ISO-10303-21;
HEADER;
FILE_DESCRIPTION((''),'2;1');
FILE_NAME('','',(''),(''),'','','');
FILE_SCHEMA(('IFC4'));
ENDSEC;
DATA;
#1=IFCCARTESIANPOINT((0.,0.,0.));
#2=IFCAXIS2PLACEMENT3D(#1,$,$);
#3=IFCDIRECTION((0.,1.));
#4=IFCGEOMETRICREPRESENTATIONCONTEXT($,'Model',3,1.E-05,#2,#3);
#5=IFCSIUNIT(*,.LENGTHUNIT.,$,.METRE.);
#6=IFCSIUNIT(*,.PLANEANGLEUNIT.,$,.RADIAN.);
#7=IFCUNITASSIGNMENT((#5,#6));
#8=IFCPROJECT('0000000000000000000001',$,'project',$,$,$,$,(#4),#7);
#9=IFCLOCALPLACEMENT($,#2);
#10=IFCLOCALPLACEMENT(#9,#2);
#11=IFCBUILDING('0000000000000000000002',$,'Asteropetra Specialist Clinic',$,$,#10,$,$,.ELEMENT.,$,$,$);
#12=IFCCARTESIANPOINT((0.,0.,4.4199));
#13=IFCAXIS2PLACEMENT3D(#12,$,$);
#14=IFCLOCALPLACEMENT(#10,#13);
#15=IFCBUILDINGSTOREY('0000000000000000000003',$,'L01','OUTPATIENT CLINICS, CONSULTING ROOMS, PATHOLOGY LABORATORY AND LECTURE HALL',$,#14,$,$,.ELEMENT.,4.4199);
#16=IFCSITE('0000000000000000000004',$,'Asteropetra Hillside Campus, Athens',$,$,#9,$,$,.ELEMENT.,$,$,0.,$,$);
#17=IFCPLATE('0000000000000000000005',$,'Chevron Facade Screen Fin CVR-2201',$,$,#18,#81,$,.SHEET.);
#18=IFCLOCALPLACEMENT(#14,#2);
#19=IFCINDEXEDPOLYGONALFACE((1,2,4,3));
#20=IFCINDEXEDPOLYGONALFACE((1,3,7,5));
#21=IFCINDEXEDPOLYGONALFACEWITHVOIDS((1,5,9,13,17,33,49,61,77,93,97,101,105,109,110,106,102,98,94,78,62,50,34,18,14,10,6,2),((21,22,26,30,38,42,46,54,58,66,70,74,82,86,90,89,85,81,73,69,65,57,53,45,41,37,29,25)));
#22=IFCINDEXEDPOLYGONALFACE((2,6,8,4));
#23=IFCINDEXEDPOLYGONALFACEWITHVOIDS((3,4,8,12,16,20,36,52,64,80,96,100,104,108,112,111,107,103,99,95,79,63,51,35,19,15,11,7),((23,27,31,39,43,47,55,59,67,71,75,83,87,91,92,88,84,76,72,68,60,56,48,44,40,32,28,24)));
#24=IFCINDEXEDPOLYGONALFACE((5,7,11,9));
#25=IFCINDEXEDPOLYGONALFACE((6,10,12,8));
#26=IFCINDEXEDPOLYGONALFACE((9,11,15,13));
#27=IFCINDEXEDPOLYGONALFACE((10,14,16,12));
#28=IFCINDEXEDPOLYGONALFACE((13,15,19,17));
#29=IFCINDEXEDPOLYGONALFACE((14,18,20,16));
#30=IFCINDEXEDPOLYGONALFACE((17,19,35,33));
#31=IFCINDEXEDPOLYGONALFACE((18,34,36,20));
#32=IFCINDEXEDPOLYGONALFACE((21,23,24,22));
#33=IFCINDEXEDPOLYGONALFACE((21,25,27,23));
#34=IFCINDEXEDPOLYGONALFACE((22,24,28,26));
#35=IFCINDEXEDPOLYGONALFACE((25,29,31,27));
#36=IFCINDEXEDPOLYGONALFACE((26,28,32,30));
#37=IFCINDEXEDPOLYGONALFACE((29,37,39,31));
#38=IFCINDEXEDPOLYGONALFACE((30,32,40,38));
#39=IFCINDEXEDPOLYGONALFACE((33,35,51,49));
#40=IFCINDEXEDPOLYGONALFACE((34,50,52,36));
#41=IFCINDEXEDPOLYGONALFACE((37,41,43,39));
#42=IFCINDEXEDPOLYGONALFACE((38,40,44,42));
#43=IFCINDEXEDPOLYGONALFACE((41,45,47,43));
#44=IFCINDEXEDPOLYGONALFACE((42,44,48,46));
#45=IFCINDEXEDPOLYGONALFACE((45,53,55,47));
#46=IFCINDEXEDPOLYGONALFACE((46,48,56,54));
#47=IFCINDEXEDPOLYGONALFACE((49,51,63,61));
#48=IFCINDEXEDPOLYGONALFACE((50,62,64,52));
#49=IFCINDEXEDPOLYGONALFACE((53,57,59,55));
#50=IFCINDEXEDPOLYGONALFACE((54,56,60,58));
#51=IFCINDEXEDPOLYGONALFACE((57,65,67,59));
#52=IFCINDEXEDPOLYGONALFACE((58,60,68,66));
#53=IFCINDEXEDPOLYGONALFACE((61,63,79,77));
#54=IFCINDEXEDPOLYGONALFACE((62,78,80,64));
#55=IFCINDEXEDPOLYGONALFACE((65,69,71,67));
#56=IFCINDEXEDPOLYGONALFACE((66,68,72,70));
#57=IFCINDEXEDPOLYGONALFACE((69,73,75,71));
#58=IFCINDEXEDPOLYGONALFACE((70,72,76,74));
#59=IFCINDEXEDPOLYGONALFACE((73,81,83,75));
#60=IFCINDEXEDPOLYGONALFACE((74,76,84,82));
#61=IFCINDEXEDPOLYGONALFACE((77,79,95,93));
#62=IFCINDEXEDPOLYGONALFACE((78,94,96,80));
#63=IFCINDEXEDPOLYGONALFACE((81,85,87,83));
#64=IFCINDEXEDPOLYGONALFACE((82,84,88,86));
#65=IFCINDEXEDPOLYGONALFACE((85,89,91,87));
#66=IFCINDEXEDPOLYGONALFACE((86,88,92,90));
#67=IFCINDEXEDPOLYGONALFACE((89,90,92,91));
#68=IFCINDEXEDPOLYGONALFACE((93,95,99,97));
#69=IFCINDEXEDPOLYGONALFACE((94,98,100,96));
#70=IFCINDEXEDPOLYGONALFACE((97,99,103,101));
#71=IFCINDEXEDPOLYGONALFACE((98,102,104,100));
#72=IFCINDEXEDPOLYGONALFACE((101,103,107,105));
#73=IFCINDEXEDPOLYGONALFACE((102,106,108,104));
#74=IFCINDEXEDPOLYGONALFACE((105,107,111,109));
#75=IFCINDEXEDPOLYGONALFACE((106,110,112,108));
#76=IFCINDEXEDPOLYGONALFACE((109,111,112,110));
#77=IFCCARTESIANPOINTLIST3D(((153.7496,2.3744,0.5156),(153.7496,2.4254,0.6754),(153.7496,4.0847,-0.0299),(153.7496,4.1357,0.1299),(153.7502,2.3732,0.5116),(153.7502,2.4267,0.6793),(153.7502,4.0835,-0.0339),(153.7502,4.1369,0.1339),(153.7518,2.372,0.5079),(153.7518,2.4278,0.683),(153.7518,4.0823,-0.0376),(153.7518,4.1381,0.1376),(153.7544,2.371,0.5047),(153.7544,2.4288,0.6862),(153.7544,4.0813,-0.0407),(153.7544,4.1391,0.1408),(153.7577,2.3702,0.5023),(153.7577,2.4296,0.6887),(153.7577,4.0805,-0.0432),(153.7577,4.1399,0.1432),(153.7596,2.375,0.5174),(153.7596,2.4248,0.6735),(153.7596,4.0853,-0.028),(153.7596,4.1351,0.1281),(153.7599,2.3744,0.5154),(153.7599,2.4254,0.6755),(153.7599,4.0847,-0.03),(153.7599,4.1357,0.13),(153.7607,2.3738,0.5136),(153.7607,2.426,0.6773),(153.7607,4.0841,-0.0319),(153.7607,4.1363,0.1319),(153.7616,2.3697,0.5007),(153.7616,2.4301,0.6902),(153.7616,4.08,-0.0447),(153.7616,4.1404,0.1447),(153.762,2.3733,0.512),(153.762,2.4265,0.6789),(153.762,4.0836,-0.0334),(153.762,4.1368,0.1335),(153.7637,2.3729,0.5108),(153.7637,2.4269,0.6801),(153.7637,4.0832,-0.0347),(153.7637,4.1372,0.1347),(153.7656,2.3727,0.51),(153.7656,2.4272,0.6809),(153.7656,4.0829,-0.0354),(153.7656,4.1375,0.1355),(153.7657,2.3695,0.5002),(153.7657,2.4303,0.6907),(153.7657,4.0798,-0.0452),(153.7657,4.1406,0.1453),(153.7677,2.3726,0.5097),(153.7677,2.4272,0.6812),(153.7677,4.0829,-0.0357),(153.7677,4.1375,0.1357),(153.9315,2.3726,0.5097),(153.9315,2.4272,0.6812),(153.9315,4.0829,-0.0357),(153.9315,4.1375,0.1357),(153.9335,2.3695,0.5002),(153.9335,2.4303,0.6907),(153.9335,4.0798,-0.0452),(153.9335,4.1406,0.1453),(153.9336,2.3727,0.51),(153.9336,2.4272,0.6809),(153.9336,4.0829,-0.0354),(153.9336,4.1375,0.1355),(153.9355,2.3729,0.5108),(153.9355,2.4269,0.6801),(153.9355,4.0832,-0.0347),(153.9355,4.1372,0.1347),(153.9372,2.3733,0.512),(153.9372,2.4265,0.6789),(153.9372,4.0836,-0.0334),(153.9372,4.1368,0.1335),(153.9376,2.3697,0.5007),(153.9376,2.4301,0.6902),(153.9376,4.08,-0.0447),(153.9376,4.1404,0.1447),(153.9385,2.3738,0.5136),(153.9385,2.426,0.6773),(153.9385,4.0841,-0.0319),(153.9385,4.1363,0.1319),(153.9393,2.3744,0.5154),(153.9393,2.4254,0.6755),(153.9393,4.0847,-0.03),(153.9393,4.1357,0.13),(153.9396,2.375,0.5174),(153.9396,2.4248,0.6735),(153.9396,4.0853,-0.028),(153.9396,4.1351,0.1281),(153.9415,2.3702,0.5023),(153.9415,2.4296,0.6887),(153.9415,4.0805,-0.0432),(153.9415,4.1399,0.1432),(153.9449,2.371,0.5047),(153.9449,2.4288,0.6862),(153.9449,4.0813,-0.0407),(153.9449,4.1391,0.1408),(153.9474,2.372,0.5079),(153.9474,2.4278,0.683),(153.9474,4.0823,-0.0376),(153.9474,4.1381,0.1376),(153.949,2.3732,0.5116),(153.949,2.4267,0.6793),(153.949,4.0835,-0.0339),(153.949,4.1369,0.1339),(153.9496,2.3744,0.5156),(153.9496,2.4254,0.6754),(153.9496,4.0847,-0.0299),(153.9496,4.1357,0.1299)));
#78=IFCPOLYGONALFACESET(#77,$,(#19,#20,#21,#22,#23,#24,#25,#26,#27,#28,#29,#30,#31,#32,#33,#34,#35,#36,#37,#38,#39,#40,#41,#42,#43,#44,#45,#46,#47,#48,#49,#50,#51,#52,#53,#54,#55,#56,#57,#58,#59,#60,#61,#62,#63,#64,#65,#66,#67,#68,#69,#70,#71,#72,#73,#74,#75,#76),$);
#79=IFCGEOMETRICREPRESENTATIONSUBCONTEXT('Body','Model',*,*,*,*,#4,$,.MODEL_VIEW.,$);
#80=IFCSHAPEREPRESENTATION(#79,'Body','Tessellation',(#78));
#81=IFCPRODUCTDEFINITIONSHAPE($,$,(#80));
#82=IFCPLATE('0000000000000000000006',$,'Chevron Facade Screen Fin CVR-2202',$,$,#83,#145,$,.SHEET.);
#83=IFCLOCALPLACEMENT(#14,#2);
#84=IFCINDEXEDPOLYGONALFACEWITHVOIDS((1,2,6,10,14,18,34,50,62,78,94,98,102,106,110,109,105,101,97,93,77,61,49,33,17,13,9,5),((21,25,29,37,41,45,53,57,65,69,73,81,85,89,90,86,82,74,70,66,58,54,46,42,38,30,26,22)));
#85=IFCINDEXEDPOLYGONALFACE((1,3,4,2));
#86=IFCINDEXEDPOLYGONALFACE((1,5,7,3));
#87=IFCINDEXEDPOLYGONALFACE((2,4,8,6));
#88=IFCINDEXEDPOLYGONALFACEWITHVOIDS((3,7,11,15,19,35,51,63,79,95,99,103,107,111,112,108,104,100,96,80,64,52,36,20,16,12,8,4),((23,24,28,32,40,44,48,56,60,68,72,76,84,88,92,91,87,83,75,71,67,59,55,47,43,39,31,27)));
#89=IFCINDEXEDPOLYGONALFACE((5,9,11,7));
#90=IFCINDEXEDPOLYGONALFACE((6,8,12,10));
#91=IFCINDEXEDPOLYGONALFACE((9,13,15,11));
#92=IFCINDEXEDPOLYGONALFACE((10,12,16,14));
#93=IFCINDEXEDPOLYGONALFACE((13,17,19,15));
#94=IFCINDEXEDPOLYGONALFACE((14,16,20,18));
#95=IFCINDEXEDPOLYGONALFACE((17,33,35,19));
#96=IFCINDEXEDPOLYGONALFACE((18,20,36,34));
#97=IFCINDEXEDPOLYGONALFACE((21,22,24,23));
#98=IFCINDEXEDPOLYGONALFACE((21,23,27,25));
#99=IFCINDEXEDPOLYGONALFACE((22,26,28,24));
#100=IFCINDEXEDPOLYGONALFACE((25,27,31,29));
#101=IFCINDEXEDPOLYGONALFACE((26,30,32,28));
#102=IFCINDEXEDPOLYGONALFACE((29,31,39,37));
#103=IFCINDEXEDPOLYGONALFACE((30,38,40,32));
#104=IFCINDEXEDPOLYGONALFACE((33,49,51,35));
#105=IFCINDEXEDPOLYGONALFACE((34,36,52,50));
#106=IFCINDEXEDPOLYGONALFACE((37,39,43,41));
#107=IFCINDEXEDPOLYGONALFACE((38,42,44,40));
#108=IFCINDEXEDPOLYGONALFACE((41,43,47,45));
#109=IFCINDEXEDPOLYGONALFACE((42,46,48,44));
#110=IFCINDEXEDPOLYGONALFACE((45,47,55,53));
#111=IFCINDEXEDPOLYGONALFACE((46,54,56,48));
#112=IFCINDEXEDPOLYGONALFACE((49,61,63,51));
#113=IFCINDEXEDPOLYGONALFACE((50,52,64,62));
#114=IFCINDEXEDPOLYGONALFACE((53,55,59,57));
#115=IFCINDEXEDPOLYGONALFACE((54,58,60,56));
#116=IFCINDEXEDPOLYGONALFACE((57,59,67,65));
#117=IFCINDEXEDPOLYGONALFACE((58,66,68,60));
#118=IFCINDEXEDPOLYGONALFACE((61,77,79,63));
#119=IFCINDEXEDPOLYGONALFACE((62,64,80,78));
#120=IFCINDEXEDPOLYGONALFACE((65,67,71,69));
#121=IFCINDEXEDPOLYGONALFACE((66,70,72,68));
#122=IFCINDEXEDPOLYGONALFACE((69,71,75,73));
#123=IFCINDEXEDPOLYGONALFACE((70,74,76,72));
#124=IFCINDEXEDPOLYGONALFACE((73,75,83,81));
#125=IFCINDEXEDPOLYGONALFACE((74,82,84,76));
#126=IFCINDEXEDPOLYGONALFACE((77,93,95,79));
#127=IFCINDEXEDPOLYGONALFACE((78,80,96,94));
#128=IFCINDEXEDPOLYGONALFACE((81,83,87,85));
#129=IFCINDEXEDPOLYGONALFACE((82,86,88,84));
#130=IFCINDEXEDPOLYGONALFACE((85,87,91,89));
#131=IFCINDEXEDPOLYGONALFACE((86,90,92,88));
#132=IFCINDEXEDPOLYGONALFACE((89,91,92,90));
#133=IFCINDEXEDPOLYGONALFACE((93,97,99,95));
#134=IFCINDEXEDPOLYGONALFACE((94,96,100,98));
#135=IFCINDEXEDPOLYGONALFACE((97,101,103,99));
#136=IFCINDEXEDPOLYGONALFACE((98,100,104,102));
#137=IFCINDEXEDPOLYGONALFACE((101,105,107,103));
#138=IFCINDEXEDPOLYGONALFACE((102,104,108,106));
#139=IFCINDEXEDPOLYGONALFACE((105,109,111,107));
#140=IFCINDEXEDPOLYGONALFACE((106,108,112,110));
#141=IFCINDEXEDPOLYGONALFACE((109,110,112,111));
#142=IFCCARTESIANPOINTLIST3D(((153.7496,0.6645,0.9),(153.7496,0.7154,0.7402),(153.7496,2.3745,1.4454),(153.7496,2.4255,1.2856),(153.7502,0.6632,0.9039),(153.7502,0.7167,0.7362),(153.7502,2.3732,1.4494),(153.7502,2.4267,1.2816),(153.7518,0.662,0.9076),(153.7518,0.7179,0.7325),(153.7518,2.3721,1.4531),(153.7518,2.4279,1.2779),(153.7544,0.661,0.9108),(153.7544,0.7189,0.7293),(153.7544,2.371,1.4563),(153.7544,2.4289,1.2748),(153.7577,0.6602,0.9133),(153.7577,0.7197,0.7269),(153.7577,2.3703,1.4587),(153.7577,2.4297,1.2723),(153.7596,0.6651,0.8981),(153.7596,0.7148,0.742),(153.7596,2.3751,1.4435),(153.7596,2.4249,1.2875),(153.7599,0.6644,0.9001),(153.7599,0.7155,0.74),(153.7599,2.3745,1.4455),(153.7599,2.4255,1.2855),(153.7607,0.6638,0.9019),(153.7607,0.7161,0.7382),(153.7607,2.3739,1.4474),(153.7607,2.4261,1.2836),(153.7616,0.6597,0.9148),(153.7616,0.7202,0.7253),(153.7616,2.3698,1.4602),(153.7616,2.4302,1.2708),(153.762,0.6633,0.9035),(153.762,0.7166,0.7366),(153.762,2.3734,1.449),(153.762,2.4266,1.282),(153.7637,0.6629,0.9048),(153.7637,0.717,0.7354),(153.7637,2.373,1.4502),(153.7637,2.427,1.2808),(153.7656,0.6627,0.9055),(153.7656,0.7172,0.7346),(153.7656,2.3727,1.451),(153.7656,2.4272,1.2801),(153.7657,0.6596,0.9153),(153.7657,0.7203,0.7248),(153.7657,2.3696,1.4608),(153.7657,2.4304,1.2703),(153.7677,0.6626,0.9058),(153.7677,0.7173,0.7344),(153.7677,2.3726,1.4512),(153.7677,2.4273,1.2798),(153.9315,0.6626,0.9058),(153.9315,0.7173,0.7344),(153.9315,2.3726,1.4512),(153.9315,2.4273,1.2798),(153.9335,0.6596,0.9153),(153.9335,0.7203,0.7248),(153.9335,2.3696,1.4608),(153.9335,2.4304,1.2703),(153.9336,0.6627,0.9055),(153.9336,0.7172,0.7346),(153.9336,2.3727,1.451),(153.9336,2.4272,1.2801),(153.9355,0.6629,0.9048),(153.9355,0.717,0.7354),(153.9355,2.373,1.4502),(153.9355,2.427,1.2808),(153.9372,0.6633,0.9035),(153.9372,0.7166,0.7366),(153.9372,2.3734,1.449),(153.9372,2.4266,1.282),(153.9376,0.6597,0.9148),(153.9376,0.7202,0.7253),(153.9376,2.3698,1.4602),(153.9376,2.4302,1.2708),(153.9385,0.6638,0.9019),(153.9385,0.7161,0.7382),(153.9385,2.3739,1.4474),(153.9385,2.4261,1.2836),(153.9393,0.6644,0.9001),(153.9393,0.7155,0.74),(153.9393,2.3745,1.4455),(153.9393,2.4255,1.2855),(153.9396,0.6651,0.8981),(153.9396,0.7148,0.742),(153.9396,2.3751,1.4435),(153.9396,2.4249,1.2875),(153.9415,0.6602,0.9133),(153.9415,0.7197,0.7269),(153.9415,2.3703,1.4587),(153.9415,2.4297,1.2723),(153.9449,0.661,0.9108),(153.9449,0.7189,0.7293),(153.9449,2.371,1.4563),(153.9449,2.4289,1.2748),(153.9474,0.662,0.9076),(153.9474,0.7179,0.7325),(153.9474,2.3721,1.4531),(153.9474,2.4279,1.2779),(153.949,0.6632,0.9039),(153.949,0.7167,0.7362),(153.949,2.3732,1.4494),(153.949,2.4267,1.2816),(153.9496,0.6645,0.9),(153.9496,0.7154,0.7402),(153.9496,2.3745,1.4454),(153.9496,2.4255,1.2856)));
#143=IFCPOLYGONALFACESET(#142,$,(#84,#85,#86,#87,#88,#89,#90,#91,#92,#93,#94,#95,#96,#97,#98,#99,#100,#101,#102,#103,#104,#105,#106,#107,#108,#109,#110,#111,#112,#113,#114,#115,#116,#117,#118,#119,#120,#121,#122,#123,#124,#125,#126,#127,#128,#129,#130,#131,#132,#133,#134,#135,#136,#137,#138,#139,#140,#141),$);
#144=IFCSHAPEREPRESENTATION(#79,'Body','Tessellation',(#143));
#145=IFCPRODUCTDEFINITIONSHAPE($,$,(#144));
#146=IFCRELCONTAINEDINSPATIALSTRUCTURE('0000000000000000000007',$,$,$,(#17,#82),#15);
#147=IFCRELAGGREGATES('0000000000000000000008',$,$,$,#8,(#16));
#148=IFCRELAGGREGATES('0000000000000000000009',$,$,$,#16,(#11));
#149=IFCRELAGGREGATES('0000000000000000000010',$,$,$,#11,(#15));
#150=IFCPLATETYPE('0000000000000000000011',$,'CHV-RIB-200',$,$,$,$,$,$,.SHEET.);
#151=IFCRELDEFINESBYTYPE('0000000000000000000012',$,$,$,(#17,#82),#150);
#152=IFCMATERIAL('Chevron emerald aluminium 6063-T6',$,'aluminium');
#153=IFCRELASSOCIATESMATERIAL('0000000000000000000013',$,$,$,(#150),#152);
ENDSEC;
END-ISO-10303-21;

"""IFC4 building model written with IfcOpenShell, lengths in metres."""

from ifc_helpers import new_model, si_unit, direction, frame, origin, origin_2d, place, context, subcontext, project, spatial, hollow_rectangle, extrude, material, material_profile, profile_set, type_object, element, save


model = new_model("IFC4")

# Units and contexts
model_context = context("Model", 3, precision=1e-05, world=origin(), true_north=direction((0.0, 1.0)))
body_context = subcontext(model_context, "Body", "Model", "MODEL_VIEW")
ifc_project = project(units=[si_unit("LENGTHUNIT", "METRE"), si_unit("PLANEANGLEUNIT", "RADIAN")], contexts=[model_context])

# Site, building, storey
site_placement = place(None, origin())
site = spatial("IfcSite", under=ifc_project, at=site_placement, Name="Asteropetra Hillside Campus, Athens", CompositionType="ELEMENT", RefElevation=0.0)
building_placement = place(site_placement, origin())
building = spatial("IfcBuilding", under=site, at=building_placement, Name="Asteropetra Specialist Clinic", CompositionType="ELEMENT")
storey_placement = place(building_placement, frame((0.0, 0.0, 4.4199)))
storey = spatial("IfcBuildingStorey", under=building, at=storey_placement, Name="L01", Description="OUTPATIENT CLINICS, CONSULTING ROOMS, PATHOLOGY LABORATORY AND LECTURE HALL", CompositionType="ELEMENT", Elevation=4.4199)

# Plates
ifc_material_1 = material(Name="Chevron emerald aluminium 6063-T6", Category="aluminium")
ifc_material_profile_1 = material_profile(ifc_material_1, hollow_rectangle(XDim=0.2, YDim=0.2, WallThickness=0.01, InnerFilletRadius=0.0081, OuterFilletRadius=0.0161, at=origin_2d()), Name="SHS 200x200x10.0")
ifc_profile_set_1 = profile_set([ifc_material_profile_1], Name="Chevron emerald aluminium 6063-T6")
plate_type = type_object("IfcPlateType", Name="CHV-RIB-200", PredefinedType="SHEET", material=ifc_profile_set_1)
plate_1_placement = place(storey_placement, frame((153.8496, 2.3999, 0.5955), z_axis=(0.0, 0.952724, -0.303838), x_axis=(-1.0, 0.0, 0.0)))
element("IfcPlate", 1, at=plate_1_placement, inside=storey, type_object=plate_type, Name="Chevron Facade Screen Fin CVR-2201", PredefinedType="SHEET", context=body_context, shape_type="SweptSolid", body=[
    extrude(hollow_rectangle(XDim=0.2, YDim=0.2, WallThickness=0.01, InnerFilletRadius=0.0081, OuterFilletRadius=0.0161, at=origin_2d()), origin(), (0.0, 0.0, 1.0), 1.7952),
])
plate_2_placement = place(storey_placement, frame((153.8496, 0.6899, 0.8201), z_axis=(0.0, 0.952711, 0.303877), x_axis=(-1.0, 0.0, 0.0)))
element("IfcPlate", 2, at=plate_2_placement, inside=storey, type_object=plate_type, Name="Chevron Facade Screen Fin CVR-2202", PredefinedType="SHEET", context=body_context, shape_type="SweptSolid", body=[
    extrude(hollow_rectangle(XDim=0.2, YDim=0.2, WallThickness=0.01, InnerFilletRadius=0.0081, OuterFilletRadius=0.0161, at=origin_2d()), origin(), (0.0, 0.0, 1.0), 1.7949),
])

save(model, "model.ifc")
